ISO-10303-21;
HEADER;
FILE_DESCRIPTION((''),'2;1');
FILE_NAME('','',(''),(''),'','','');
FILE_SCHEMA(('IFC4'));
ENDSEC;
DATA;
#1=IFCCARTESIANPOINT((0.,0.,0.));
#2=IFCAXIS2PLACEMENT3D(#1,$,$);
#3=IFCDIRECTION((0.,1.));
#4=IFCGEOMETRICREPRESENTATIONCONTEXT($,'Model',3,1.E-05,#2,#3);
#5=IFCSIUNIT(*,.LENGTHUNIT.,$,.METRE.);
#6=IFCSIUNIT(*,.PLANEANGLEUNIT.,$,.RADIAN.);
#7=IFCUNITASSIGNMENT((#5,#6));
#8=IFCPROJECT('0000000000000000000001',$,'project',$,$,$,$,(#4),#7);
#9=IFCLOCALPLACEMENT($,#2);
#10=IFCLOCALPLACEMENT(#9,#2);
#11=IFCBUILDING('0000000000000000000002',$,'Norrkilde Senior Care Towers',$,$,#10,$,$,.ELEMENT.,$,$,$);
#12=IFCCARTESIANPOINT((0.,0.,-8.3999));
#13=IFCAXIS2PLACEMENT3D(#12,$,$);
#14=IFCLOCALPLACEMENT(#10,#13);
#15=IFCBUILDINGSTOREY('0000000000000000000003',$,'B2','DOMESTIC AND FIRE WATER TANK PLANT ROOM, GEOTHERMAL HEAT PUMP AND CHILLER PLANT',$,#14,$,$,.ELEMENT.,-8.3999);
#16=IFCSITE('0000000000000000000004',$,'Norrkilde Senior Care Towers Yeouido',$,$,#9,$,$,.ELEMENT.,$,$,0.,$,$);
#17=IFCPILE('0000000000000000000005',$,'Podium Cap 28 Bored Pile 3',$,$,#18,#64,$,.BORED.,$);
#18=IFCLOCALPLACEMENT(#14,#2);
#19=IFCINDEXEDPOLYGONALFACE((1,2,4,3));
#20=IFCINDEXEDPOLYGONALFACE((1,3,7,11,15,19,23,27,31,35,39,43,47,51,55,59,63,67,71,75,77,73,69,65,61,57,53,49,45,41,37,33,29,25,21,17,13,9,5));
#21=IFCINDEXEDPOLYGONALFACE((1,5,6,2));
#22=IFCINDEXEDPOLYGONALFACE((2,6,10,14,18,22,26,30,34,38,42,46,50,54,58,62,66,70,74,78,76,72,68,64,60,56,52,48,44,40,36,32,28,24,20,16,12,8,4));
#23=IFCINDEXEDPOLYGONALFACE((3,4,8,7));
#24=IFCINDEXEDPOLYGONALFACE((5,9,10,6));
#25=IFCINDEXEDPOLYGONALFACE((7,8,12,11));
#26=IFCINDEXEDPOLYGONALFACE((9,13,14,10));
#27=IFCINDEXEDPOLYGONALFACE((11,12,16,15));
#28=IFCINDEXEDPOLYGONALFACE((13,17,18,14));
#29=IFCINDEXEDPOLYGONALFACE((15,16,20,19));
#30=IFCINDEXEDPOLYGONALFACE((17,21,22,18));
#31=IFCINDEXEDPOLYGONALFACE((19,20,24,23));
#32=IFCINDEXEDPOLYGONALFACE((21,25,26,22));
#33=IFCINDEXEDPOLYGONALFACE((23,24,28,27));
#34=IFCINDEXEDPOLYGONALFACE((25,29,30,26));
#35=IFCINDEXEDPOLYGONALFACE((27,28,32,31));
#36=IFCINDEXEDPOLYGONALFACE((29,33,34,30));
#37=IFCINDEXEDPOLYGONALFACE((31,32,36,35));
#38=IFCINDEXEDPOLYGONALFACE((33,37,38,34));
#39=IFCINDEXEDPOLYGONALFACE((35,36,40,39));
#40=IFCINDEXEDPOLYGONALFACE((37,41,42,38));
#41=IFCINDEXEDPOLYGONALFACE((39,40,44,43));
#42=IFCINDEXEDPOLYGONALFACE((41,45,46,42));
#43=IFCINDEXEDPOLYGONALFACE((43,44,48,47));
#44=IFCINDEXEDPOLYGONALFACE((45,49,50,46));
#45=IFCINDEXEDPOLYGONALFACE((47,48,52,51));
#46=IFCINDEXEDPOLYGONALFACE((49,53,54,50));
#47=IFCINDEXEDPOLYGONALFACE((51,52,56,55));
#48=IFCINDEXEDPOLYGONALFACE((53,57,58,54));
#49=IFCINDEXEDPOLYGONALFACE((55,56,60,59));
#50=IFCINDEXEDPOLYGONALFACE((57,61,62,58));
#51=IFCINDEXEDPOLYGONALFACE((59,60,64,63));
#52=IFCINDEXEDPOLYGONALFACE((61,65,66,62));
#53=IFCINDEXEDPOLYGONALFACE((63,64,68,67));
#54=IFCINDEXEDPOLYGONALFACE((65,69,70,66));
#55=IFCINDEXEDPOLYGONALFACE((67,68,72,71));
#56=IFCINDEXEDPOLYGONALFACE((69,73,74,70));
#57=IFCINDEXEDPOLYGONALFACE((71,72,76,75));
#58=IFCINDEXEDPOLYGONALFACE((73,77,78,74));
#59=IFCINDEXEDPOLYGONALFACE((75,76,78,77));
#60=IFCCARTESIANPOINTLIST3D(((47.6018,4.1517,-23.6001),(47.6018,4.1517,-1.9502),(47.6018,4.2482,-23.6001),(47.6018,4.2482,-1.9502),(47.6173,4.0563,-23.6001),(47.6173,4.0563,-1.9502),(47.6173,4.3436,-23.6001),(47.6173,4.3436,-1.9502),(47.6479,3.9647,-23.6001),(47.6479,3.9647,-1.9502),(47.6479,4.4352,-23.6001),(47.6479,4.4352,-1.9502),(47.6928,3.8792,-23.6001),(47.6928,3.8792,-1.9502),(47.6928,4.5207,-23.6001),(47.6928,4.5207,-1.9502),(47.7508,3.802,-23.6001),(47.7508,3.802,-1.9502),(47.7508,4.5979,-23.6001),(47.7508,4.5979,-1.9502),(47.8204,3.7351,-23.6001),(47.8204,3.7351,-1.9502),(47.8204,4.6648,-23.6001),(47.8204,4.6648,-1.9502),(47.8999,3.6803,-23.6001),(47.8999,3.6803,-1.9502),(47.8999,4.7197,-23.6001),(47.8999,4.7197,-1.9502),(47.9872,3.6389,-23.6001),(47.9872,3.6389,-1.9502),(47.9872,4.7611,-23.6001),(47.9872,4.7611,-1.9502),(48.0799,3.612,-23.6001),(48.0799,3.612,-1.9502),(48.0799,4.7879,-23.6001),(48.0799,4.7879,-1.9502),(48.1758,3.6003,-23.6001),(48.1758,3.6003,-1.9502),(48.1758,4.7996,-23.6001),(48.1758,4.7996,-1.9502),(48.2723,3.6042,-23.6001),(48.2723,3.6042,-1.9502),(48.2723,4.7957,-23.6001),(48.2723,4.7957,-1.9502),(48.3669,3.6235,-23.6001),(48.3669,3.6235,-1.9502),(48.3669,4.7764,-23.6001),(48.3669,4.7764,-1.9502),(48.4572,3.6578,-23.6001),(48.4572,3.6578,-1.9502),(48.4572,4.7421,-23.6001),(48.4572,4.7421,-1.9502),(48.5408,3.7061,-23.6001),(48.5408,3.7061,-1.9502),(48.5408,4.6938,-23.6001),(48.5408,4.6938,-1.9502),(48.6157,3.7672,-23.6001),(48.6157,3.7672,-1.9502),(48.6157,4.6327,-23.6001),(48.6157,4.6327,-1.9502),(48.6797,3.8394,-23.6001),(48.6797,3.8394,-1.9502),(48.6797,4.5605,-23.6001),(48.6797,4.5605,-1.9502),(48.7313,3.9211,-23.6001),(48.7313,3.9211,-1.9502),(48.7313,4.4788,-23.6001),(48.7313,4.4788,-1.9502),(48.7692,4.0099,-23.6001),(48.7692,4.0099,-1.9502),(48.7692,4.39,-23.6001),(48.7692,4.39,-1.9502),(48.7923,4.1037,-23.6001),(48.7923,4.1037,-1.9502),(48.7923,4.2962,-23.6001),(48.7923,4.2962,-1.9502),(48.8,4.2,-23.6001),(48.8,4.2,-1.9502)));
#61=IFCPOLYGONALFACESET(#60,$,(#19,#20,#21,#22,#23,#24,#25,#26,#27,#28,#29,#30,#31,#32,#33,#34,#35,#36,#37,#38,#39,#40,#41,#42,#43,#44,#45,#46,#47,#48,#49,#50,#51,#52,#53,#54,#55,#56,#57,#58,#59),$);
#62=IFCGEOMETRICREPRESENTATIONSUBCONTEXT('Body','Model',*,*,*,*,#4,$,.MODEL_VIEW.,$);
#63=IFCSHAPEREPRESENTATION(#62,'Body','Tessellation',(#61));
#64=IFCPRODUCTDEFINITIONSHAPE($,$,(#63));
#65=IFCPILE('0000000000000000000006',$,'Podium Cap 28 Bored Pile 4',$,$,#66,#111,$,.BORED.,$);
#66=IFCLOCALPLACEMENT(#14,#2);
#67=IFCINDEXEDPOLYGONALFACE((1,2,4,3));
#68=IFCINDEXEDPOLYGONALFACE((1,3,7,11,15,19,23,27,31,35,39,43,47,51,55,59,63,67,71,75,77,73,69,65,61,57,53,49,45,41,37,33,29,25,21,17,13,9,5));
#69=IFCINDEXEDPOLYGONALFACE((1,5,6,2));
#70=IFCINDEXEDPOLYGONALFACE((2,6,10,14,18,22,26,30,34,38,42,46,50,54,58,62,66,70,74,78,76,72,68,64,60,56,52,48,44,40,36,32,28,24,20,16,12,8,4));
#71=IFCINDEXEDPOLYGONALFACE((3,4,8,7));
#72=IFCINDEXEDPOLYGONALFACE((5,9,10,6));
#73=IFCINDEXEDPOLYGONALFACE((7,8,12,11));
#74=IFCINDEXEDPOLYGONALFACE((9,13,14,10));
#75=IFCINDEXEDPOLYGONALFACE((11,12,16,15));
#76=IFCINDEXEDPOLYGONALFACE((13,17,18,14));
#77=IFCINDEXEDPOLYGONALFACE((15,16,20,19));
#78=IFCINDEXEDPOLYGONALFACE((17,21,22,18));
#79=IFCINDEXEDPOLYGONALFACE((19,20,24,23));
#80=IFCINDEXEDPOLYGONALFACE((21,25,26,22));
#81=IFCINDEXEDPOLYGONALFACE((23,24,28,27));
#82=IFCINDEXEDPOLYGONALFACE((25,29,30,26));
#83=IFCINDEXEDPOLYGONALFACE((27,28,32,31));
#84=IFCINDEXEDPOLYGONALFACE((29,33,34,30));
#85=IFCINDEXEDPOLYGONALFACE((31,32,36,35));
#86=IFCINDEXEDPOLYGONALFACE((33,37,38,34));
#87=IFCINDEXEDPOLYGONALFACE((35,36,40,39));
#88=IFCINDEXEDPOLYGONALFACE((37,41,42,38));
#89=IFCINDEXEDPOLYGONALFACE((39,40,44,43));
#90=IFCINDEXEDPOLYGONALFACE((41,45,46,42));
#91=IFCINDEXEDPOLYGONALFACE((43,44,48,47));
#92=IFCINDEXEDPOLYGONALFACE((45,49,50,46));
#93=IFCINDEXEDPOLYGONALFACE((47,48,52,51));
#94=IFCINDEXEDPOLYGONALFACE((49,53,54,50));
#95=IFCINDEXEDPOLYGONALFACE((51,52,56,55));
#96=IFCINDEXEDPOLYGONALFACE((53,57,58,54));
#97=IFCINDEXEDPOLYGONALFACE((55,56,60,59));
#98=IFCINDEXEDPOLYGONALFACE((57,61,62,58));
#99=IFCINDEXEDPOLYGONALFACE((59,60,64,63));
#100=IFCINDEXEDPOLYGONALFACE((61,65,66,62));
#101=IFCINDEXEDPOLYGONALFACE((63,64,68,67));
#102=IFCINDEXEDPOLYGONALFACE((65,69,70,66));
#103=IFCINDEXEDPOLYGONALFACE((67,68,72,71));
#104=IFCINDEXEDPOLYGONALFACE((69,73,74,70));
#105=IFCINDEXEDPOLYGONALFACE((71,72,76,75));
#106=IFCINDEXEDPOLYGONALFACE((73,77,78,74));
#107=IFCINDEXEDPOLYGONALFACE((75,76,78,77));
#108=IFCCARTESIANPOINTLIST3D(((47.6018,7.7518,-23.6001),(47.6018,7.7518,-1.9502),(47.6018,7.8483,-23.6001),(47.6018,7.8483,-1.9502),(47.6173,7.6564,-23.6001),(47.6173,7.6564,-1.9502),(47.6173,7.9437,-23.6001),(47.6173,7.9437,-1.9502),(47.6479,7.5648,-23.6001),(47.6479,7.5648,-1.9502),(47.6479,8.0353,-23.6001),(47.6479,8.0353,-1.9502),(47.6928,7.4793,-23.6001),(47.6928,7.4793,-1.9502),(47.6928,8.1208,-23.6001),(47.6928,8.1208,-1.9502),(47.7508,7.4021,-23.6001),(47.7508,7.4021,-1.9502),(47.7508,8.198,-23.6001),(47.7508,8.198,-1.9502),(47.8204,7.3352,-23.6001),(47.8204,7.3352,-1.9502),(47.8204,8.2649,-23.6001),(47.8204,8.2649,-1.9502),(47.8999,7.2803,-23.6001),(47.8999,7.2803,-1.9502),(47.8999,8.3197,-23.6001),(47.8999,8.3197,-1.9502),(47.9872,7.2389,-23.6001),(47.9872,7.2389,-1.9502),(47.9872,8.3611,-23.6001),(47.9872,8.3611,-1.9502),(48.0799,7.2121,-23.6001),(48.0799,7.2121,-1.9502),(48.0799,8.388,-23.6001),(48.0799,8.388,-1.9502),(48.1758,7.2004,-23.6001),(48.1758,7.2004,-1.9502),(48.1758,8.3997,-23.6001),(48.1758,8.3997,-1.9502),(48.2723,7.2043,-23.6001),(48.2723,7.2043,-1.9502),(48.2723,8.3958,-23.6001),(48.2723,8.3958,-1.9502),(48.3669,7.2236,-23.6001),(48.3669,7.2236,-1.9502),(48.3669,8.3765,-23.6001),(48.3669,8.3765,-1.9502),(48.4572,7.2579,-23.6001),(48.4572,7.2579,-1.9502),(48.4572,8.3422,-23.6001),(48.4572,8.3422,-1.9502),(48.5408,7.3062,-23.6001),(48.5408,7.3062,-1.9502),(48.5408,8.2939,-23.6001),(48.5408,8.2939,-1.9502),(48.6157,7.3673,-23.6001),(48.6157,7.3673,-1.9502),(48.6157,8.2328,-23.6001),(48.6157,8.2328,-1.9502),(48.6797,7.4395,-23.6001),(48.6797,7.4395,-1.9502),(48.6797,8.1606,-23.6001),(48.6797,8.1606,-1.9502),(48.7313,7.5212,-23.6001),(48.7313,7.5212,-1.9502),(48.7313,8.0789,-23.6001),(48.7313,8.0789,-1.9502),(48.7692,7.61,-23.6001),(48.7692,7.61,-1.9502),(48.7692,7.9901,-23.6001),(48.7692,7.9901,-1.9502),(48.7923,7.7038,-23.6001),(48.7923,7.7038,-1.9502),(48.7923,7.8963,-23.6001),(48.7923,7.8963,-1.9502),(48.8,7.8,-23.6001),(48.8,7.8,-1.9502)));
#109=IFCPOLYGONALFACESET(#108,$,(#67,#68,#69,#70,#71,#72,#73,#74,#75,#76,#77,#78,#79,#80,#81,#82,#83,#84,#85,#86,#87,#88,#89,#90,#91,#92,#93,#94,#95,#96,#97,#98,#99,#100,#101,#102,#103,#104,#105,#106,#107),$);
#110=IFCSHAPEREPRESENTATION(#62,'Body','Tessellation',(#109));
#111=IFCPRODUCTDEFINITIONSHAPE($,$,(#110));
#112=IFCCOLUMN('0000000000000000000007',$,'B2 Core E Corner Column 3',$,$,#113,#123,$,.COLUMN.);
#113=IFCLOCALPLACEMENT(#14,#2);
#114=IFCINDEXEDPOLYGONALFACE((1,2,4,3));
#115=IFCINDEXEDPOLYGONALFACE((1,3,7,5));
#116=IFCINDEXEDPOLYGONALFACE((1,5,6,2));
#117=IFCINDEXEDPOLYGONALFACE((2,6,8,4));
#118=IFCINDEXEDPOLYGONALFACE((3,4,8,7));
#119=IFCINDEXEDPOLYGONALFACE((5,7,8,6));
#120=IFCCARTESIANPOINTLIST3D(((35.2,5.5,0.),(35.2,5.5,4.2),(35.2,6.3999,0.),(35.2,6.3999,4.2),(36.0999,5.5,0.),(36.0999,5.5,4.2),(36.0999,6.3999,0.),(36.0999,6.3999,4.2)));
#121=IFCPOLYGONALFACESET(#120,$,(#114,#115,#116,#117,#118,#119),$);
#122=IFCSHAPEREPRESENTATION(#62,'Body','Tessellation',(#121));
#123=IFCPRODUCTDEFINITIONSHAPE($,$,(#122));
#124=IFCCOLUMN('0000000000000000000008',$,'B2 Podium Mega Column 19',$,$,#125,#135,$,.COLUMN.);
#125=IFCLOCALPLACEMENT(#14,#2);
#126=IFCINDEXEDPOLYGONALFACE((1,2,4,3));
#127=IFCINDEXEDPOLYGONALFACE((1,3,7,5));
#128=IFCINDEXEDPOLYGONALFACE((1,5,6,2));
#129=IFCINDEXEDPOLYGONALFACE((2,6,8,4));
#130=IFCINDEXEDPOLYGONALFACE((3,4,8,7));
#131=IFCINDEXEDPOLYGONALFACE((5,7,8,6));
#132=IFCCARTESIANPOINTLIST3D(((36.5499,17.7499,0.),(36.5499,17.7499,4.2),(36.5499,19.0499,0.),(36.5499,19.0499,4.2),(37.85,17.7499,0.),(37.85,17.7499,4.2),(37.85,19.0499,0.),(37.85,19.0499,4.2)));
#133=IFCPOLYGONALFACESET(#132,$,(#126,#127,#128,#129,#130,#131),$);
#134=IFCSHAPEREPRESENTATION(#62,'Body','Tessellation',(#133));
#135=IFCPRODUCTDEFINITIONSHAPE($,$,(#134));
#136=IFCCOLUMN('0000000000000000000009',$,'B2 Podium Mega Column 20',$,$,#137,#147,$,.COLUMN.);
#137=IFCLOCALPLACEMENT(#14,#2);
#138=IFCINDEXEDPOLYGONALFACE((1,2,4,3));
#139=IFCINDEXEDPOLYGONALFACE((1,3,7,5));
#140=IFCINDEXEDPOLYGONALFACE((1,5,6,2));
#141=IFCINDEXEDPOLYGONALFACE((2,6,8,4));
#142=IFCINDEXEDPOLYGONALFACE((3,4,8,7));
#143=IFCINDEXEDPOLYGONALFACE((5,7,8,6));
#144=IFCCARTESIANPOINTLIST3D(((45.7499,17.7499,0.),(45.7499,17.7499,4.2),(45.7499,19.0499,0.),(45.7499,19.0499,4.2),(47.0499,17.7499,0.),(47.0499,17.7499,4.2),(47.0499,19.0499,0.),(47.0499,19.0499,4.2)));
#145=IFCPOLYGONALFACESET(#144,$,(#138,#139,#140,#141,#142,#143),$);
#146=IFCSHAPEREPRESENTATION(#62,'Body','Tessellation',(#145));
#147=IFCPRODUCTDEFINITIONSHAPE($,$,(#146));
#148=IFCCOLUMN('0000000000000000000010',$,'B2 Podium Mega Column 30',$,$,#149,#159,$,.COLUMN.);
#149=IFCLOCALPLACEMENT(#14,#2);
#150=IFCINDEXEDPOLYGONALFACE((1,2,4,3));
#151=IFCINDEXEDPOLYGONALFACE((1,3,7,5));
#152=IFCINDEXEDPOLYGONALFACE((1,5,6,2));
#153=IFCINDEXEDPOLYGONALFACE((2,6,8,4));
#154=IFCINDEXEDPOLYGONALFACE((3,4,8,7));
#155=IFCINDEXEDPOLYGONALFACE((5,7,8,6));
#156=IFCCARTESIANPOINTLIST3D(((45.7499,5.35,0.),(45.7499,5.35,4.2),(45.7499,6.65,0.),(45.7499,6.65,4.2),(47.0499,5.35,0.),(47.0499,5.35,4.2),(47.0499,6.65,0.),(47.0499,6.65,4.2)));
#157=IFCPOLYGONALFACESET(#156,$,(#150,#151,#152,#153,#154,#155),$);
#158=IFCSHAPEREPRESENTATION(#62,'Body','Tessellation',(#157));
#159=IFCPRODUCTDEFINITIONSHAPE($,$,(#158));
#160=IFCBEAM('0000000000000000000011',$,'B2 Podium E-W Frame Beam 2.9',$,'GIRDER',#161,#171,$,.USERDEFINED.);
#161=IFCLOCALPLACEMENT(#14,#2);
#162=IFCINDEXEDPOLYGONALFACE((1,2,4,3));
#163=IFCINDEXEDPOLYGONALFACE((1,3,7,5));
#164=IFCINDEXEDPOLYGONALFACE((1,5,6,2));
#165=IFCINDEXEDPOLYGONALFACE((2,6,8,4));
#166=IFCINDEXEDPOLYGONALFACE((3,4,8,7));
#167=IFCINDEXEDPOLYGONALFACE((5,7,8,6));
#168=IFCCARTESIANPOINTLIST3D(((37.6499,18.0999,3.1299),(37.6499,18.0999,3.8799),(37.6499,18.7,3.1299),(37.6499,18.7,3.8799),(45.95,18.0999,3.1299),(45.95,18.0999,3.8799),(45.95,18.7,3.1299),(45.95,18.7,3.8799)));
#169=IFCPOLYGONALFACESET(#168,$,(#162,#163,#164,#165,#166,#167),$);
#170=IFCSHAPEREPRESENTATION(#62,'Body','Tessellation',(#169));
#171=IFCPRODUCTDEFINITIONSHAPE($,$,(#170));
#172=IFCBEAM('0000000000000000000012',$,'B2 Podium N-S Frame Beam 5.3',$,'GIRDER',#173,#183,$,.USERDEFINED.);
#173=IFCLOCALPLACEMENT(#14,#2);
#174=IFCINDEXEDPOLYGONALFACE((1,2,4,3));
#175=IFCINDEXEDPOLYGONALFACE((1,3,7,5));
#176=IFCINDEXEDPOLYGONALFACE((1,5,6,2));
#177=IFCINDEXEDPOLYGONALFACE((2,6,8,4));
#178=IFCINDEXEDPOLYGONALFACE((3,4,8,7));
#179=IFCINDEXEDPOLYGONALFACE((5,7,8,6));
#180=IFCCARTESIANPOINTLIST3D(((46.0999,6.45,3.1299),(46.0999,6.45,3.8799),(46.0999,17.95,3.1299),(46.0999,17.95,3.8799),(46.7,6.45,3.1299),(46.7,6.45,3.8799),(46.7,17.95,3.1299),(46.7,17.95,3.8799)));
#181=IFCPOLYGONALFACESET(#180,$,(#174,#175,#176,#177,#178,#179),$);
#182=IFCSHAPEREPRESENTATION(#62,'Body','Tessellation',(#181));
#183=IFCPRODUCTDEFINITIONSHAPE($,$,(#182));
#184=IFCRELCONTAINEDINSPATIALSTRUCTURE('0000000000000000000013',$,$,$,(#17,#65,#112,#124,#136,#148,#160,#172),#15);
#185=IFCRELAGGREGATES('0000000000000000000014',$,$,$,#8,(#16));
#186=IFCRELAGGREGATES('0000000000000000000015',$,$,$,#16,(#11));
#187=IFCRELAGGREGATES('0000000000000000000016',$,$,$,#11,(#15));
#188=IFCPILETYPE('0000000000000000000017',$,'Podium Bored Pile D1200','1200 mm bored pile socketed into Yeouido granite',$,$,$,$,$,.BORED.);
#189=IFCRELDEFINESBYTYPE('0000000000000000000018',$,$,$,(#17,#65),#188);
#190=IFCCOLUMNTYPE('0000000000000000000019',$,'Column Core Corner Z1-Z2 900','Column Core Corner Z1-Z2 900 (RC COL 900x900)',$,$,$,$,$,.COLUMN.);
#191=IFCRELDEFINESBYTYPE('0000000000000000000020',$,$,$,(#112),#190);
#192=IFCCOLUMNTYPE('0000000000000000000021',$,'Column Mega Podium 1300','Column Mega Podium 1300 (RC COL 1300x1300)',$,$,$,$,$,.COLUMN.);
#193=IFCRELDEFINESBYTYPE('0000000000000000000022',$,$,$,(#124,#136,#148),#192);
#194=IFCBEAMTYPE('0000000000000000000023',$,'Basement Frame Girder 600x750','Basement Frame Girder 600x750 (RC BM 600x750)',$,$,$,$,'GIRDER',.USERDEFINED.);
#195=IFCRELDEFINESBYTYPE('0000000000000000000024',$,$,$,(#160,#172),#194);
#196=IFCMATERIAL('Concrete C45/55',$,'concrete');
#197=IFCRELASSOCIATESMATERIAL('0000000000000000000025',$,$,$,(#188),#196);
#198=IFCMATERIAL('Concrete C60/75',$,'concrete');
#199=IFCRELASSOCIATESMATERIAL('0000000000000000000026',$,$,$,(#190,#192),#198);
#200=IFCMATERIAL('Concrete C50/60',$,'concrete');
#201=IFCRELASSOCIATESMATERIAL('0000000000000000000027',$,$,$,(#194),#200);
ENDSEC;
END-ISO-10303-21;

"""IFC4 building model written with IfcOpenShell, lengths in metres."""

from ifc_helpers import new_model, si_unit, direction, frame, origin, origin_2d, place, context, subcontext, project, spatial, rectangle, circle, extrude, source, transform, mapped, material, material_profile, profile_set, type_object, type_shapes, element, save


model = new_model("IFC4")

# Units and contexts
model_context = context("Model", 3, precision=1e-05, world=origin(), true_north=direction((0.0, 1.0)))
body_context = subcontext(model_context, "Body", "Model", "MODEL_VIEW")
ifc_project = project(units=[si_unit("LENGTHUNIT", "METRE"), si_unit("PLANEANGLEUNIT", "RADIAN")], contexts=[model_context])

# Site, building, storey
site_placement = place(None, origin())
site = spatial("IfcSite", under=ifc_project, at=site_placement, Name="Norrkilde Senior Care Towers Yeouido", CompositionType="ELEMENT", RefElevation=0.0)
building_placement = place(site_placement, origin())
building = spatial("IfcBuilding", under=site, at=building_placement, Name="Norrkilde Senior Care Towers", CompositionType="ELEMENT")
storey_placement = place(building_placement, frame((0.0, 0.0, -8.3999)))
storey = spatial("IfcBuildingStorey", under=building, at=storey_placement, Name="B2", Description="DOMESTIC AND FIRE WATER TANK PLANT ROOM, GEOTHERMAL HEAT PUMP AND CHILLER PLANT", CompositionType="ELEMENT", Elevation=-8.3999)

# Piles
ifc_material_1 = material(Name="Concrete C45/55", Category="concrete")
ifc_material_profile_1 = material_profile(ifc_material_1, circle(Radius=0.6001, at=origin_2d()), Name="BORED PILE 1200")
ifc_profile_set_1 = profile_set([ifc_material_profile_1], Name="Concrete C45/55")
pile_type_1 = type_object("IfcPileType", Name="Podium Bored Pile D1200", Description="1200 mm bored pile socketed into Yeouido granite", PredefinedType="BORED", material=ifc_profile_set_1)
shared_shape_1 = source(origin(), body_context, "Body", "SweptSolid", [
    extrude(circle(Radius=0.6001, at=origin_2d()), origin(), (0.0, 0.0, 1.0), 21.6499),
])
for number, where, z_axis, x_axis, name in (
    (1, (48.2, 4.2, -1.9502), (0.0, 0.0, -1.0), (1.0, 0.0, 0.0), "Podium Cap 28 Bored Pile 3"),
    (2, (48.2, 7.8, -1.9502), (0.0, 0.0, -1.0), (1.0, 0.0, 0.0), "Podium Cap 28 Bored Pile 4"),
):
    element("IfcPile", number, at=place(storey_placement, frame(where, z_axis=z_axis, x_axis=x_axis)), inside=storey, type_object=pile_type_1, Name=name, PredefinedType="BORED", context=body_context, shape_type="MappedRepresentation", body=[
        mapped(shared_shape_1, transform((0.0, 0.0, 0.0), x_axis=(1.0, 0.0, 0.0), y_axis=(0.0, 1.0, 0.0), z_axis=(0.0, 0.0, 1.0), scale=1.0)),
    ])

# Columns
ifc_material_2 = material(Name="Concrete C60/75", Category="concrete")
ifc_material_profile_2 = material_profile(ifc_material_2, rectangle(XDim=0.8999, YDim=0.8999, at=origin_2d()), Name="RC COL 900x900")
ifc_profile_set_2 = profile_set([ifc_material_profile_2], Name="Concrete C60/75")
column_type_1 = type_object("IfcColumnType", Name="Column Core Corner Z1-Z2 900", Description="Column Core Corner Z1-Z2 900 (RC COL 900x900)", PredefinedType="COLUMN", material=ifc_profile_set_2)
shared_shape_2 = source(origin(), body_context, "Body", "SweptSolid", [
    extrude(rectangle(XDim=0.8999, YDim=0.8999, at=origin_2d()), origin(), (0.0, 0.0, 1.0), 4.2),
])
type_shapes(column_type_1, [shared_shape_2])
column_placement = place(storey_placement, frame((35.6499, 5.95, 0.0), z_axis=(0.0, 0.0, 1.0), x_axis=(1.0, 0.0, 0.0)))
element("IfcColumn", 3, at=column_placement, inside=storey, type_object=column_type_1, Name="B2 Core E Corner Column 3", PredefinedType="COLUMN", context=body_context, shape_type="MappedRepresentation", body=[
    mapped(shared_shape_2, transform((0.0, 0.0, 0.0), x_axis=(1.0, 0.0, 0.0), y_axis=(0.0, 1.0, 0.0), z_axis=(0.0, 0.0, 1.0), scale=1.0)),
])
ifc_material_profile_3 = material_profile(ifc_material_2, rectangle(XDim=1.3, YDim=1.3, at=origin_2d()), Name="RC COL 1300x1300")
ifc_profile_set_3 = profile_set([ifc_material_profile_3], Name="Concrete C60/75")
column_type_2 = type_object("IfcColumnType", Name="Column Mega Podium 1300", Description="Column Mega Podium 1300 (RC COL 1300x1300)", PredefinedType="COLUMN", material=ifc_profile_set_3)
shared_shape_3 = source(origin(), body_context, "Body", "SweptSolid", [
    extrude(rectangle(XDim=1.3, YDim=1.3, at=origin_2d()), origin(), (0.0, 0.0, 1.0), 4.2),
])
type_shapes(column_type_2, [shared_shape_3])
for number, where, z_axis, x_axis, name in (
    (4, (37.2, 18.3999, 0.0), (0.0, 0.0, 1.0), (1.0, 0.0, 0.0), "B2 Podium Mega Column 19"),
    (5, (46.3999, 18.3999, 0.0), (0.0, 0.0, 1.0), (1.0, 0.0, 0.0), "B2 Podium Mega Column 20"),
    (6, (46.3999, 6.0, 0.0), (0.0, 0.0, 1.0), (1.0, 0.0, 0.0), "B2 Podium Mega Column 30"),
):
    element("IfcColumn", number, at=place(storey_placement, frame(where, z_axis=z_axis, x_axis=x_axis)), inside=storey, type_object=column_type_2, Name=name, PredefinedType="COLUMN", context=body_context, shape_type="MappedRepresentation", body=[
        mapped(shared_shape_3, transform((0.0, 0.0, 0.0), x_axis=(1.0, 0.0, 0.0), y_axis=(0.0, 1.0, 0.0), z_axis=(0.0, 0.0, 1.0), scale=1.0)),
    ])

# Beams
ifc_material_3 = material(Name="Concrete C50/60", Category="concrete")
ifc_material_profile_4 = material_profile(ifc_material_3, rectangle(XDim=0.6001, YDim=0.75, at=origin_2d()), Name="RC BM 600x750")
ifc_profile_set_4 = profile_set([ifc_material_profile_4], Name="Concrete C50/60")
beam_type = type_object("IfcBeamType", Name="Basement Frame Girder 600x750", Description="Basement Frame Girder 600x750 (RC BM 600x750)", ElementType="GIRDER", PredefinedType="USERDEFINED", material=ifc_profile_set_4)
shared_shape_4 = source(origin(), body_context, "Body", "SweptSolid", [
    extrude(rectangle(XDim=0.6001, YDim=0.75, at=origin_2d()), origin(), (0.0, 0.0, 1.0), 8.3),
])
beam_1_placement = place(storey_placement, frame((37.6499, 18.3999, 3.5049), z_axis=(1.0, 0.0, 0.0), x_axis=(0.0, 1.0, 0.0)))
element("IfcBeam", 7, at=beam_1_placement, inside=storey, type_object=beam_type, Name="B2 Podium E-W Frame Beam 2.9", ObjectType="GIRDER", PredefinedType="USERDEFINED", context=body_context, shape_type="MappedRepresentation", body=[
    mapped(shared_shape_4, transform((0.0, 0.0, 0.0), x_axis=(1.0, 0.0, 0.0), y_axis=(0.0, 1.0, 0.0), z_axis=(0.0, 0.0, 1.0), scale=1.0)),
])
shared_shape_5 = source(origin(), body_context, "Body", "SweptSolid", [
    extrude(rectangle(XDim=0.6001, YDim=0.75, at=origin_2d()), origin(), (0.0, 0.0, 1.0), 11.5),
])
type_shapes(beam_type, [shared_shape_4, shared_shape_5])
beam_2_placement = place(storey_placement, frame((46.3999, 6.45, 3.5049), z_axis=(0.0, 1.0, 0.0), x_axis=(-1.0, 0.0, 0.0)))
element("IfcBeam", 8, at=beam_2_placement, inside=storey, type_object=beam_type, Name="B2 Podium N-S Frame Beam 5.3", ObjectType="GIRDER", PredefinedType="USERDEFINED", context=body_context, shape_type="MappedRepresentation", body=[
    mapped(shared_shape_5, transform((0.0, 0.0, 0.0), x_axis=(1.0, 0.0, 0.0), y_axis=(0.0, 1.0, 0.0), z_axis=(0.0, 0.0, 1.0), scale=1.0)),
])

save(model, "model.ifc")
